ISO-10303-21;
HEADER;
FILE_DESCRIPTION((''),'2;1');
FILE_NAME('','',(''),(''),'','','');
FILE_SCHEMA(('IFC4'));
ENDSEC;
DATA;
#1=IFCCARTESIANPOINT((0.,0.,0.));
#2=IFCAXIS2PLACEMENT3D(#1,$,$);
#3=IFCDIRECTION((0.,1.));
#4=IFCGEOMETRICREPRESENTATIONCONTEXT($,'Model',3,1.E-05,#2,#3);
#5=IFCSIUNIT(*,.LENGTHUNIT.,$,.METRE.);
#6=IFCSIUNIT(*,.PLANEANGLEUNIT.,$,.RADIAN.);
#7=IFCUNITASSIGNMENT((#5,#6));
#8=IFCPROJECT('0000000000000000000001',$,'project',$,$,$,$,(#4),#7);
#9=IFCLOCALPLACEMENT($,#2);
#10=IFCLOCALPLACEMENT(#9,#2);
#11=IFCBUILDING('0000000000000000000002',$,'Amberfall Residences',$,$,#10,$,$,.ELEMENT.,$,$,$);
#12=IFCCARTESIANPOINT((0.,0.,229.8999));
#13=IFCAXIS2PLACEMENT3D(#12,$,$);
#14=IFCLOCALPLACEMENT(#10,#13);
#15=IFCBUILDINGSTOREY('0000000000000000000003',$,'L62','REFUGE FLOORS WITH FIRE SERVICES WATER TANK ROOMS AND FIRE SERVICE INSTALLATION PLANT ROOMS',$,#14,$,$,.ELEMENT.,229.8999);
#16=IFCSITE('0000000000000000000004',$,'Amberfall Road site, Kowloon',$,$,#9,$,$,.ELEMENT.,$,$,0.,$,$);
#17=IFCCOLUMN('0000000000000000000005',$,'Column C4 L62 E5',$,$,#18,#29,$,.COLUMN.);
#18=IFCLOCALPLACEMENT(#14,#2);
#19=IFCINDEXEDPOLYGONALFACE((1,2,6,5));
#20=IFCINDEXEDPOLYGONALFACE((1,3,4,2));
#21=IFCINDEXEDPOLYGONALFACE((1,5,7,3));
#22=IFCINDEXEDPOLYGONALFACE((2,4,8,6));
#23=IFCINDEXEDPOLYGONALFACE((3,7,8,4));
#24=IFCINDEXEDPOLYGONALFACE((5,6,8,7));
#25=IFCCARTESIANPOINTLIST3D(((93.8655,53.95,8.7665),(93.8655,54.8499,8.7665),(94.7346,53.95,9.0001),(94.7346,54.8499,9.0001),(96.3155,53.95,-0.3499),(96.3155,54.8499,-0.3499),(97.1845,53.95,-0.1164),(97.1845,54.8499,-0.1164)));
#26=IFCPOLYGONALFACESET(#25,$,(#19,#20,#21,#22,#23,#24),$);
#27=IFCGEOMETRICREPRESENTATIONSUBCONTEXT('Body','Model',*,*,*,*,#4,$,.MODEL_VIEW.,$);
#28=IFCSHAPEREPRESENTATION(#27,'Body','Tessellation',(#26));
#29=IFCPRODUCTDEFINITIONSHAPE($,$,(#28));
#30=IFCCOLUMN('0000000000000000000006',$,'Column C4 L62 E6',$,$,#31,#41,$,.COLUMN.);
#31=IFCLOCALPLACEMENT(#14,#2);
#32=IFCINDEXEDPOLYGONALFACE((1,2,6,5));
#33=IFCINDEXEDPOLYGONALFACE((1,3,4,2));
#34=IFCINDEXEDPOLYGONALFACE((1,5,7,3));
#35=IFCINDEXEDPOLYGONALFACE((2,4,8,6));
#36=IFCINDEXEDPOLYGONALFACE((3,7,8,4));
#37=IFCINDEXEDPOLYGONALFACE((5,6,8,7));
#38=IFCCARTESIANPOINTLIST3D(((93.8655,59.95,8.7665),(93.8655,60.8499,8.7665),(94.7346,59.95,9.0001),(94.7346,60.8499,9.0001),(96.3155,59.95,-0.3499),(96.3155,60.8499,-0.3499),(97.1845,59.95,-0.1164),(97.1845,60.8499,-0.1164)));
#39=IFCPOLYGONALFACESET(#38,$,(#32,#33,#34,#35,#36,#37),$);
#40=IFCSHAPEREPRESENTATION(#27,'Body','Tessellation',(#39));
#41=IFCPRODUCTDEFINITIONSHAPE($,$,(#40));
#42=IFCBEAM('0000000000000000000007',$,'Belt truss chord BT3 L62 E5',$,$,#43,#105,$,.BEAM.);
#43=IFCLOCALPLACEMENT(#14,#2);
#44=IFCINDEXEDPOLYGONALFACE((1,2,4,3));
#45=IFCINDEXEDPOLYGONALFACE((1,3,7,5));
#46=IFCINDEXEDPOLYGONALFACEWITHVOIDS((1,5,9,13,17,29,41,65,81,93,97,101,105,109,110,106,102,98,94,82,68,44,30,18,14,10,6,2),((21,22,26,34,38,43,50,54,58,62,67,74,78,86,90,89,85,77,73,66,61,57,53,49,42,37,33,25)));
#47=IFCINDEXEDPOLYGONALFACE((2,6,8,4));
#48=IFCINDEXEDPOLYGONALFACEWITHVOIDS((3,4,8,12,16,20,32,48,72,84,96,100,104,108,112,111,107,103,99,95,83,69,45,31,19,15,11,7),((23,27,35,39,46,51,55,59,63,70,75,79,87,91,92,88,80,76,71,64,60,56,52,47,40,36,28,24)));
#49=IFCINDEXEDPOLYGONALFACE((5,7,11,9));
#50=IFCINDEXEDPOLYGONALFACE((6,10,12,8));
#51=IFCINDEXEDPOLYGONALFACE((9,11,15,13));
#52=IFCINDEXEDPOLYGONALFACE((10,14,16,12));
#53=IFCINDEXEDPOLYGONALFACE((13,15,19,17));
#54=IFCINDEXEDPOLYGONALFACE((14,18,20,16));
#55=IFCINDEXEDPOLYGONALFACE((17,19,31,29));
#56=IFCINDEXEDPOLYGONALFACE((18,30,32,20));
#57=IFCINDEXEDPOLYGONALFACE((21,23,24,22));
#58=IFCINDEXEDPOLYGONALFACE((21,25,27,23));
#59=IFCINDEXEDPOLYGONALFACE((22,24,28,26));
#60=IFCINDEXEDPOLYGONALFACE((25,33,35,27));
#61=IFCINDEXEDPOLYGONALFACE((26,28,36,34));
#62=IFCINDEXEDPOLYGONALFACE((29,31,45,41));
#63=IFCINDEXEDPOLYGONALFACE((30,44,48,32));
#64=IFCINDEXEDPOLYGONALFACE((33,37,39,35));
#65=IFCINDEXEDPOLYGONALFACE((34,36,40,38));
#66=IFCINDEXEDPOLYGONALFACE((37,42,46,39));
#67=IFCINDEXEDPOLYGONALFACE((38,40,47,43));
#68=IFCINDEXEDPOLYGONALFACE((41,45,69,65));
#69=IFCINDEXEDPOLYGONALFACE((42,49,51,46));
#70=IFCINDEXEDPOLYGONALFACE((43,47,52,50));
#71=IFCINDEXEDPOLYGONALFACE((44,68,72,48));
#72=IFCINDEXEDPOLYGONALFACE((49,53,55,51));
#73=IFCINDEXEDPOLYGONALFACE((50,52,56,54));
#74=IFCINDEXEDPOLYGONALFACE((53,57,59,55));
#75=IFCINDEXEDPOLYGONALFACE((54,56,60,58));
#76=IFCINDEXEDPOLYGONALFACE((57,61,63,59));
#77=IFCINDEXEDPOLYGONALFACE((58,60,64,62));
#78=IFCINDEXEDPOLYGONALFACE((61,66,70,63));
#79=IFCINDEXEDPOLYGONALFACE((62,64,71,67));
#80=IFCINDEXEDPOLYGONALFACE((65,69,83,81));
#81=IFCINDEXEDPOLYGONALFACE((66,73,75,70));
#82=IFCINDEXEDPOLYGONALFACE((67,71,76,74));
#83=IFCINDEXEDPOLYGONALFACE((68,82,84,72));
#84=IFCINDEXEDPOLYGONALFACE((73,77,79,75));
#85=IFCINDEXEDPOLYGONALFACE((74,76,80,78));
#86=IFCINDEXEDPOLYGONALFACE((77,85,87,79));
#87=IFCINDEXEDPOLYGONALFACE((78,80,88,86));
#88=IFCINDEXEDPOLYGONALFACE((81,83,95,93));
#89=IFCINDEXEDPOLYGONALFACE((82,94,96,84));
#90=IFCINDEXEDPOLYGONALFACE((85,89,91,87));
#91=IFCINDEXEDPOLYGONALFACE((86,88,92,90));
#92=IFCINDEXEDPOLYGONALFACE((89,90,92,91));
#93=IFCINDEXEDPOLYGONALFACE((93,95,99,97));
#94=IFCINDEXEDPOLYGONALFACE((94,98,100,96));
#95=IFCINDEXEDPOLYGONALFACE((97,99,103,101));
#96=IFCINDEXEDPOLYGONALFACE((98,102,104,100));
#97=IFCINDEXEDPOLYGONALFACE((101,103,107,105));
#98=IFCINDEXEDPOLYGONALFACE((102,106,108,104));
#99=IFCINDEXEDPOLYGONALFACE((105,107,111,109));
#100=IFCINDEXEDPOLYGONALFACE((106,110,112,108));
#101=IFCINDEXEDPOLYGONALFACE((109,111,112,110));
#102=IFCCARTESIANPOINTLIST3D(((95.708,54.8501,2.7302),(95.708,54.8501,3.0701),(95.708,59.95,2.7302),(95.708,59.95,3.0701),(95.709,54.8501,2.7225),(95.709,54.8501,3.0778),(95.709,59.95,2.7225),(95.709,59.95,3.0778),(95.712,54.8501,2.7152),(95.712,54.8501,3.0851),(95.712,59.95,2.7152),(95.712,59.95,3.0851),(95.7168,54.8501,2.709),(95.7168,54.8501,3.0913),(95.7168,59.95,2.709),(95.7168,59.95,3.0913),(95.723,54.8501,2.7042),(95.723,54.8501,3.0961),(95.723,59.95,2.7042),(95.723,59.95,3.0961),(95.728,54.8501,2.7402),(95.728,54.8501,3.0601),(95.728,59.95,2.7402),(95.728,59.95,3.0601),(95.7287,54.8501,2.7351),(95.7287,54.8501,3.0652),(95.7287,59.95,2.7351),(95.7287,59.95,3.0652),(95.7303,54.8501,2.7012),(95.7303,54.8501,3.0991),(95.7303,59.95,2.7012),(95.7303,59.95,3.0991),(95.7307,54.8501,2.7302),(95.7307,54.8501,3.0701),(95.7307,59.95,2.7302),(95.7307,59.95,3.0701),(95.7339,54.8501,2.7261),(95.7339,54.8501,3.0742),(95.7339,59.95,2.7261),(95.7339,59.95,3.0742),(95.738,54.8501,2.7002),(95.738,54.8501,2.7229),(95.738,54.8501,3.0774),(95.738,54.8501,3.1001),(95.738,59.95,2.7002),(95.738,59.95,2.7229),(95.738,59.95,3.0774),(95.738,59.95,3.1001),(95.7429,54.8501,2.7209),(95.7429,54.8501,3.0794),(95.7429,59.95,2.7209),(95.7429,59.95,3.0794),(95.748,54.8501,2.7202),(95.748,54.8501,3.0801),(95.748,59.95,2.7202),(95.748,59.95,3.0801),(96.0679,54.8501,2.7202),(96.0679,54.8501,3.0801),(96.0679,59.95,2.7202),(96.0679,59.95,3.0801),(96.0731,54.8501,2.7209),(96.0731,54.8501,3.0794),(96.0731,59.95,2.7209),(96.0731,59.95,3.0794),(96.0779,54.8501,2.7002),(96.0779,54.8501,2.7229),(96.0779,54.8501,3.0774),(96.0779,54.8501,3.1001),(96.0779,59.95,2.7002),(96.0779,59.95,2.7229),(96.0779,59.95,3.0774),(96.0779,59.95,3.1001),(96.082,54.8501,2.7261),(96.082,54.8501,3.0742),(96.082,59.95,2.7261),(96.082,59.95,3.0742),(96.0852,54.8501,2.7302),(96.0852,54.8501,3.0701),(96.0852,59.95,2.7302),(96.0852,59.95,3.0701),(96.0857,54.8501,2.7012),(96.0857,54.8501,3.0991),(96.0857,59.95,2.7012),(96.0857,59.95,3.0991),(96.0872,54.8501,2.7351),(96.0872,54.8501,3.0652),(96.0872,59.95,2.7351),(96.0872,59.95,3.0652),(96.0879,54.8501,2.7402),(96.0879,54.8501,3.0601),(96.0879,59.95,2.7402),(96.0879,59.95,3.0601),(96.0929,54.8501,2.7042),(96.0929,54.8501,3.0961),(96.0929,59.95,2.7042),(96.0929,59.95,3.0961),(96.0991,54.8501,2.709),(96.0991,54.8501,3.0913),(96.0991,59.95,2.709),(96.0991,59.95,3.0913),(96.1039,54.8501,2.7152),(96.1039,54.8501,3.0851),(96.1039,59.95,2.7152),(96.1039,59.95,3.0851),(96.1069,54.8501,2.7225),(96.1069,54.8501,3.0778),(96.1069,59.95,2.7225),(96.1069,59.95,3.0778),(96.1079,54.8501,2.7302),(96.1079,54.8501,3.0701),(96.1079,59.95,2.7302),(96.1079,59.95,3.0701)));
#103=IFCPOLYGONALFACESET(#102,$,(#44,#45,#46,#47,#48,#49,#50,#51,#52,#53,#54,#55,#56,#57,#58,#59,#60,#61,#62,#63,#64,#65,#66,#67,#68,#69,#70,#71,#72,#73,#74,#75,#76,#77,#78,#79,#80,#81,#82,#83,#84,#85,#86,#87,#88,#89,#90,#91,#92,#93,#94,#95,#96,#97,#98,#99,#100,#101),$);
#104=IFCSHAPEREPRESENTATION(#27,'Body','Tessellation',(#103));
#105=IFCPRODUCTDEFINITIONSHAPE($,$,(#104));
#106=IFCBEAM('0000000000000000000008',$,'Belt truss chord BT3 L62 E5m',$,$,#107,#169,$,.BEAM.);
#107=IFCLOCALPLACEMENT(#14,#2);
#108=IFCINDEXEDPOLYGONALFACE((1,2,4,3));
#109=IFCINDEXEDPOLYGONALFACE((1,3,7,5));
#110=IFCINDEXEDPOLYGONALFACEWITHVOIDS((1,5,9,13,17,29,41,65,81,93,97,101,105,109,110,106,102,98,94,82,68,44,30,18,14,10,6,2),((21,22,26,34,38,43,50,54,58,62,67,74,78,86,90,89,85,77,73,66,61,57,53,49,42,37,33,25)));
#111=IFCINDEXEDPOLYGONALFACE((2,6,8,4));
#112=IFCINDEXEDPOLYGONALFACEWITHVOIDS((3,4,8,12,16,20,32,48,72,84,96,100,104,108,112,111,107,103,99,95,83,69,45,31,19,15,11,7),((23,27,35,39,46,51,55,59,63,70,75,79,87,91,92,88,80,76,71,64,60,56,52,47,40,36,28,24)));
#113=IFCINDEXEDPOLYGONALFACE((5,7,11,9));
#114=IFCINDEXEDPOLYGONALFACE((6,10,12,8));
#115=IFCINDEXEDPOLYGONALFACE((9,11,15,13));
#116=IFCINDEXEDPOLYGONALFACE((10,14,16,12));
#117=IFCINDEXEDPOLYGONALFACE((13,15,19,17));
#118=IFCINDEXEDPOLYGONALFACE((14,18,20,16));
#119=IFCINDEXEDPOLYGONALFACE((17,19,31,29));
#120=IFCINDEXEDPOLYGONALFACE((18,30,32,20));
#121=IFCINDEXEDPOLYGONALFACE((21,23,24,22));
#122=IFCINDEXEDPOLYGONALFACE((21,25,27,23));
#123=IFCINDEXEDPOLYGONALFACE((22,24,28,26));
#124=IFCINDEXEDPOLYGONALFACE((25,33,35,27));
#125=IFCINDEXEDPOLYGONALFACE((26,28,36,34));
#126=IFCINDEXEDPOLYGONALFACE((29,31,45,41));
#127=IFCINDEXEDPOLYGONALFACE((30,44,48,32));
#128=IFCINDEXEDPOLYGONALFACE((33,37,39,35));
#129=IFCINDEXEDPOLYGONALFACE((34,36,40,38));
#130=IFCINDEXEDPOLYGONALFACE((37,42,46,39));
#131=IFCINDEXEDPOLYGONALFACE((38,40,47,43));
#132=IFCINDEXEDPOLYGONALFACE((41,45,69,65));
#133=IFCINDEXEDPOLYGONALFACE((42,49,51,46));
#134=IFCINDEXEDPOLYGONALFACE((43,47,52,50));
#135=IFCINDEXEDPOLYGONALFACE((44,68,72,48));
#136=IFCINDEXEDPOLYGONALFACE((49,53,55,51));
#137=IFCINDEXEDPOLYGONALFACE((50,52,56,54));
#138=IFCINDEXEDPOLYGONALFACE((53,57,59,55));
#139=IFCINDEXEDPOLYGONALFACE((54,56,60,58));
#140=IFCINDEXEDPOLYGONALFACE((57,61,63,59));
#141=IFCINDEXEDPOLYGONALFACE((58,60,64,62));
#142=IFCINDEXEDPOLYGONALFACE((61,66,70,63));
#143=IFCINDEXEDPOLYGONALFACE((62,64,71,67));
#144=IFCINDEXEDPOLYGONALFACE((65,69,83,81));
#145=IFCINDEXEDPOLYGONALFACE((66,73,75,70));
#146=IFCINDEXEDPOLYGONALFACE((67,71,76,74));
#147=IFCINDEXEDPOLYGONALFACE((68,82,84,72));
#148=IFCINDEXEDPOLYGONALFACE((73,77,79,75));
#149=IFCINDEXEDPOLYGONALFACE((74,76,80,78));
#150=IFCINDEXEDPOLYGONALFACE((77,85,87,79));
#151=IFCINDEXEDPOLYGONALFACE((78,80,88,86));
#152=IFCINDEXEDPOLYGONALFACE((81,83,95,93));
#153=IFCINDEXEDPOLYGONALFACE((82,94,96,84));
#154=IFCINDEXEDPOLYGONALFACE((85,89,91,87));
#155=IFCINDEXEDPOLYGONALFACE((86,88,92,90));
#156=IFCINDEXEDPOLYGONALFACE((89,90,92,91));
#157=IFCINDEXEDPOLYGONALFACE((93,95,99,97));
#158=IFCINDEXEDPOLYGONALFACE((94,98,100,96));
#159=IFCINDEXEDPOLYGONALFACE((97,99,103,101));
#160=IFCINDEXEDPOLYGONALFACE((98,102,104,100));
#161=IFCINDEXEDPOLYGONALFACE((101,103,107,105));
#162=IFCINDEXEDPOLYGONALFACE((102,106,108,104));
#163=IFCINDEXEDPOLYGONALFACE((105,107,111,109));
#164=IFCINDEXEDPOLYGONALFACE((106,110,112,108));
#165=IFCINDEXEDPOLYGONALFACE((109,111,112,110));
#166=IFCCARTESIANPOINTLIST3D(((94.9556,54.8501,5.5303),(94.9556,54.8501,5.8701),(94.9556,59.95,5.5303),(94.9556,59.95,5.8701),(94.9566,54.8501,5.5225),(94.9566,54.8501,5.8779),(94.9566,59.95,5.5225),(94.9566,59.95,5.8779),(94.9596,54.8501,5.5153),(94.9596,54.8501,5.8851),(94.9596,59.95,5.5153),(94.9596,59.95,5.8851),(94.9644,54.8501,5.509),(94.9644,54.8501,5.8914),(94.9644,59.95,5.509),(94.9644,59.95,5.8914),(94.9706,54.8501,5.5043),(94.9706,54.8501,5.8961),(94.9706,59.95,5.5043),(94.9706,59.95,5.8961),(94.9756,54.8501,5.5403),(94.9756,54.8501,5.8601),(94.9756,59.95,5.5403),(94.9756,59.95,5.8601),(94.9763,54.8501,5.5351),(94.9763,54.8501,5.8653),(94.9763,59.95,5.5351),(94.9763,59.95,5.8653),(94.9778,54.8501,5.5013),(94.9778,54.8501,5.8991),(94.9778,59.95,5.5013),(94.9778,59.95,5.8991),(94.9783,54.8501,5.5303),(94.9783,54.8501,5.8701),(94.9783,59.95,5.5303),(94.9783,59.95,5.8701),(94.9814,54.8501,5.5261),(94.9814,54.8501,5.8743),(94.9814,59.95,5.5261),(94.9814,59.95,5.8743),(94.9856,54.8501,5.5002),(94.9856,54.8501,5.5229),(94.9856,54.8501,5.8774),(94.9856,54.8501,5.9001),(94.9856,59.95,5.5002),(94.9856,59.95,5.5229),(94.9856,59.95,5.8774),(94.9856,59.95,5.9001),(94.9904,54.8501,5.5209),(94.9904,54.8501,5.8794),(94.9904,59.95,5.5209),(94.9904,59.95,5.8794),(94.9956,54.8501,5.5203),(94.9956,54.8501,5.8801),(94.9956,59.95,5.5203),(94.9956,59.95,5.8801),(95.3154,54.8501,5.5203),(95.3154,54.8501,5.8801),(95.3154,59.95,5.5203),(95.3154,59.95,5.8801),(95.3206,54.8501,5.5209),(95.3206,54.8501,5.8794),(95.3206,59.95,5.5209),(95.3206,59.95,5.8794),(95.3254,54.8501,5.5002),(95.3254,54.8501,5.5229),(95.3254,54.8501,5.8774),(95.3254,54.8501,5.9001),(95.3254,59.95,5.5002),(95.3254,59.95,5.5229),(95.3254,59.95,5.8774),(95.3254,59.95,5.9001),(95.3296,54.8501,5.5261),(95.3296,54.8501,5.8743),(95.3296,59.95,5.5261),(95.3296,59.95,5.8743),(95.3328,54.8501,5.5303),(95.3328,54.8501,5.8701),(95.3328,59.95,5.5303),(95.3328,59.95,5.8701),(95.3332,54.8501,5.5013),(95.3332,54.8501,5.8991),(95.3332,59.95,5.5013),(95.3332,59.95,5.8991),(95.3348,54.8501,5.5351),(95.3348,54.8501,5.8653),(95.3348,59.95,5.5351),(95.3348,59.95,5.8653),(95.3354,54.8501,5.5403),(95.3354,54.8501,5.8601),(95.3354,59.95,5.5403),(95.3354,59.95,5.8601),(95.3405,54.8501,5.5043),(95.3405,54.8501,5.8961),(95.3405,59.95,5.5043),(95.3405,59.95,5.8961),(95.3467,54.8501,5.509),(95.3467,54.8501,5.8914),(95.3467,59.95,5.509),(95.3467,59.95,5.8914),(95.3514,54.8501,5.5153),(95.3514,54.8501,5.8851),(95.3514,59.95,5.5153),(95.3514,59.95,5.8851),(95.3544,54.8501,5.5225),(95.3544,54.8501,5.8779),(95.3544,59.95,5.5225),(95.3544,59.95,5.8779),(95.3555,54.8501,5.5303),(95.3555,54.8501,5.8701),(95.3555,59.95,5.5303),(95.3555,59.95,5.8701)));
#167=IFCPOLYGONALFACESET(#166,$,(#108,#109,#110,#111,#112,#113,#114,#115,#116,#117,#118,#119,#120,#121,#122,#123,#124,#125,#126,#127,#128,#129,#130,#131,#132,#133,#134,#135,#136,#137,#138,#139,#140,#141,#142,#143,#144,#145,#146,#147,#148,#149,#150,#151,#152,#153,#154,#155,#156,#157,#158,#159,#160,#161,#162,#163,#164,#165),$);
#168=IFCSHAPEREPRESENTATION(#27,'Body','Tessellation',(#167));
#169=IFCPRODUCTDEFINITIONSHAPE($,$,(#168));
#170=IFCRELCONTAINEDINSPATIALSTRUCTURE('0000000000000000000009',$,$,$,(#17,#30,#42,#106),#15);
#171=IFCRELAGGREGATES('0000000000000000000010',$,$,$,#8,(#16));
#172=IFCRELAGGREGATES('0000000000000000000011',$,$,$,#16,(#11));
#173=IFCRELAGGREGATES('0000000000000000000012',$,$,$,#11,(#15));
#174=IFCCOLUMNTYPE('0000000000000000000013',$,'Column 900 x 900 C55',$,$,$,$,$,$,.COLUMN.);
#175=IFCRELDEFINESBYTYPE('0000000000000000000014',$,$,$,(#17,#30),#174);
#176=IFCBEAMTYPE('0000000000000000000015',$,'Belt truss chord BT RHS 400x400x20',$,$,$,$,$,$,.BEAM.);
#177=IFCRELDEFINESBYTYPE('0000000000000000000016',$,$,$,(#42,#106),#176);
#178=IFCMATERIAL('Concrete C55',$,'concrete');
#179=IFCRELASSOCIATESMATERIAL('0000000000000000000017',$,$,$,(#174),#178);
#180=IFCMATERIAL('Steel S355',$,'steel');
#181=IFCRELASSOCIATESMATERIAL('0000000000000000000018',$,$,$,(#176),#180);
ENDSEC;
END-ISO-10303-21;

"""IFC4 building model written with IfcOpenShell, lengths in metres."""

from ifc_helpers import new_model, si_unit, direction, frame, origin, origin_2d, place, context, subcontext, project, spatial, rectangle, hollow_rectangle, extrude, material, material_profile, profile_set, type_object, element, save


model = new_model("IFC4")

# Units and contexts
model_context = context("Model", 3, precision=1e-05, world=origin(), true_north=direction((0.0, 1.0)))
body_context = subcontext(model_context, "Body", "Model", "MODEL_VIEW")
ifc_project = project(units=[si_unit("LENGTHUNIT", "METRE"), si_unit("PLANEANGLEUNIT", "RADIAN")], contexts=[model_context])

# Site, building, storey
site_placement = place(None, origin())
site = spatial("IfcSite", under=ifc_project, at=site_placement, Name="Amberfall Road site, Kowloon", CompositionType="ELEMENT", RefElevation=0.0)
building_placement = place(site_placement, origin())
building = spatial("IfcBuilding", under=site, at=building_placement, Name="Amberfall Residences", CompositionType="ELEMENT")
storey_placement = place(building_placement, frame((0.0, 0.0, 229.8999)))
storey = spatial("IfcBuildingStorey", under=building, at=storey_placement, Name="L62", Description="REFUGE FLOORS WITH FIRE SERVICES WATER TANK ROOMS AND FIRE SERVICE INSTALLATION PLANT ROOMS", CompositionType="ELEMENT", Elevation=229.8999)

# Columns
ifc_material_1 = material(Name="Concrete C55", Category="concrete")
ifc_material_profile_1 = material_profile(ifc_material_1, rectangle(XDim=0.8999, YDim=0.8999, at=origin_2d()), Name="Column 900 x 900 C55")
ifc_profile_set_1 = profile_set([ifc_material_profile_1], Name="Concrete C55")
column_type = type_object("IfcColumnType", Name="Column 900 x 900 C55", PredefinedType="COLUMN", material=ifc_profile_set_1)
for number, where, z_axis, x_axis, name in (
    (1, (96.75, 54.3999, -0.2332), (-0.259531, 0.0, 0.965735), (0.0, -1.0, 0.0), "Column C4 L62 E5"),
    (2, (96.75, 60.3999, -0.2332), (-0.259531, 0.0, 0.965735), (0.0, -1.0, 0.0), "Column C4 L62 E6"),
):
    element("IfcColumn", number, at=place(storey_placement, frame(where, z_axis=z_axis, x_axis=x_axis)), inside=storey, type_object=column_type, Name=name, PredefinedType="COLUMN", context=body_context, shape_type="SweptSolid", body=[
        extrude(rectangle(XDim=0.8999, YDim=0.8999, at=origin_2d()), origin(), (0.0, 0.0, 1.0), 9.4399),
    ])

# Beams
ifc_material_2 = material(Name="Steel S355", Category="steel")
ifc_material_profile_2 = material_profile(ifc_material_2, hollow_rectangle(XDim=0.3999, YDim=0.3999, WallThickness=0.02, InnerFilletRadius=0.02, OuterFilletRadius=0.03, at=origin_2d()), Name="RHS 400x400x20")
ifc_profile_set_2 = profile_set([ifc_material_profile_2], Name="Steel S355")
beam_type_1 = type_object("IfcBeamType", Name="Belt truss chord BT RHS 400x400x20", PredefinedType="BEAM", material=ifc_profile_set_2)
for number, where, z_axis, x_axis, name in (
    (3, (95.908, 54.8501, 2.9001), (0.0, 1.0, 0.0), (-1.0, 0.0, 0.0), "Belt truss chord BT3 L62 E5"),
    (4, (95.1555, 54.8501, 5.7002), (0.0, 1.0, 0.0), (-1.0, 0.0, 0.0), "Belt truss chord BT3 L62 E5m"),
):
    element("IfcBeam", number, at=place(storey_placement, frame(where, z_axis=z_axis, x_axis=x_axis)), inside=storey, type_object=beam_type_1, Name=name, PredefinedType="BEAM", context=body_context, shape_type="SweptSolid", body=[
        extrude(hollow_rectangle(XDim=0.3999, YDim=0.3999, WallThickness=0.02, InnerFilletRadius=0.02, OuterFilletRadius=0.03, at=origin_2d()), origin(), (0.0, 0.0, 1.0), 5.0999),
    ])

save(model, "model.ifc")
